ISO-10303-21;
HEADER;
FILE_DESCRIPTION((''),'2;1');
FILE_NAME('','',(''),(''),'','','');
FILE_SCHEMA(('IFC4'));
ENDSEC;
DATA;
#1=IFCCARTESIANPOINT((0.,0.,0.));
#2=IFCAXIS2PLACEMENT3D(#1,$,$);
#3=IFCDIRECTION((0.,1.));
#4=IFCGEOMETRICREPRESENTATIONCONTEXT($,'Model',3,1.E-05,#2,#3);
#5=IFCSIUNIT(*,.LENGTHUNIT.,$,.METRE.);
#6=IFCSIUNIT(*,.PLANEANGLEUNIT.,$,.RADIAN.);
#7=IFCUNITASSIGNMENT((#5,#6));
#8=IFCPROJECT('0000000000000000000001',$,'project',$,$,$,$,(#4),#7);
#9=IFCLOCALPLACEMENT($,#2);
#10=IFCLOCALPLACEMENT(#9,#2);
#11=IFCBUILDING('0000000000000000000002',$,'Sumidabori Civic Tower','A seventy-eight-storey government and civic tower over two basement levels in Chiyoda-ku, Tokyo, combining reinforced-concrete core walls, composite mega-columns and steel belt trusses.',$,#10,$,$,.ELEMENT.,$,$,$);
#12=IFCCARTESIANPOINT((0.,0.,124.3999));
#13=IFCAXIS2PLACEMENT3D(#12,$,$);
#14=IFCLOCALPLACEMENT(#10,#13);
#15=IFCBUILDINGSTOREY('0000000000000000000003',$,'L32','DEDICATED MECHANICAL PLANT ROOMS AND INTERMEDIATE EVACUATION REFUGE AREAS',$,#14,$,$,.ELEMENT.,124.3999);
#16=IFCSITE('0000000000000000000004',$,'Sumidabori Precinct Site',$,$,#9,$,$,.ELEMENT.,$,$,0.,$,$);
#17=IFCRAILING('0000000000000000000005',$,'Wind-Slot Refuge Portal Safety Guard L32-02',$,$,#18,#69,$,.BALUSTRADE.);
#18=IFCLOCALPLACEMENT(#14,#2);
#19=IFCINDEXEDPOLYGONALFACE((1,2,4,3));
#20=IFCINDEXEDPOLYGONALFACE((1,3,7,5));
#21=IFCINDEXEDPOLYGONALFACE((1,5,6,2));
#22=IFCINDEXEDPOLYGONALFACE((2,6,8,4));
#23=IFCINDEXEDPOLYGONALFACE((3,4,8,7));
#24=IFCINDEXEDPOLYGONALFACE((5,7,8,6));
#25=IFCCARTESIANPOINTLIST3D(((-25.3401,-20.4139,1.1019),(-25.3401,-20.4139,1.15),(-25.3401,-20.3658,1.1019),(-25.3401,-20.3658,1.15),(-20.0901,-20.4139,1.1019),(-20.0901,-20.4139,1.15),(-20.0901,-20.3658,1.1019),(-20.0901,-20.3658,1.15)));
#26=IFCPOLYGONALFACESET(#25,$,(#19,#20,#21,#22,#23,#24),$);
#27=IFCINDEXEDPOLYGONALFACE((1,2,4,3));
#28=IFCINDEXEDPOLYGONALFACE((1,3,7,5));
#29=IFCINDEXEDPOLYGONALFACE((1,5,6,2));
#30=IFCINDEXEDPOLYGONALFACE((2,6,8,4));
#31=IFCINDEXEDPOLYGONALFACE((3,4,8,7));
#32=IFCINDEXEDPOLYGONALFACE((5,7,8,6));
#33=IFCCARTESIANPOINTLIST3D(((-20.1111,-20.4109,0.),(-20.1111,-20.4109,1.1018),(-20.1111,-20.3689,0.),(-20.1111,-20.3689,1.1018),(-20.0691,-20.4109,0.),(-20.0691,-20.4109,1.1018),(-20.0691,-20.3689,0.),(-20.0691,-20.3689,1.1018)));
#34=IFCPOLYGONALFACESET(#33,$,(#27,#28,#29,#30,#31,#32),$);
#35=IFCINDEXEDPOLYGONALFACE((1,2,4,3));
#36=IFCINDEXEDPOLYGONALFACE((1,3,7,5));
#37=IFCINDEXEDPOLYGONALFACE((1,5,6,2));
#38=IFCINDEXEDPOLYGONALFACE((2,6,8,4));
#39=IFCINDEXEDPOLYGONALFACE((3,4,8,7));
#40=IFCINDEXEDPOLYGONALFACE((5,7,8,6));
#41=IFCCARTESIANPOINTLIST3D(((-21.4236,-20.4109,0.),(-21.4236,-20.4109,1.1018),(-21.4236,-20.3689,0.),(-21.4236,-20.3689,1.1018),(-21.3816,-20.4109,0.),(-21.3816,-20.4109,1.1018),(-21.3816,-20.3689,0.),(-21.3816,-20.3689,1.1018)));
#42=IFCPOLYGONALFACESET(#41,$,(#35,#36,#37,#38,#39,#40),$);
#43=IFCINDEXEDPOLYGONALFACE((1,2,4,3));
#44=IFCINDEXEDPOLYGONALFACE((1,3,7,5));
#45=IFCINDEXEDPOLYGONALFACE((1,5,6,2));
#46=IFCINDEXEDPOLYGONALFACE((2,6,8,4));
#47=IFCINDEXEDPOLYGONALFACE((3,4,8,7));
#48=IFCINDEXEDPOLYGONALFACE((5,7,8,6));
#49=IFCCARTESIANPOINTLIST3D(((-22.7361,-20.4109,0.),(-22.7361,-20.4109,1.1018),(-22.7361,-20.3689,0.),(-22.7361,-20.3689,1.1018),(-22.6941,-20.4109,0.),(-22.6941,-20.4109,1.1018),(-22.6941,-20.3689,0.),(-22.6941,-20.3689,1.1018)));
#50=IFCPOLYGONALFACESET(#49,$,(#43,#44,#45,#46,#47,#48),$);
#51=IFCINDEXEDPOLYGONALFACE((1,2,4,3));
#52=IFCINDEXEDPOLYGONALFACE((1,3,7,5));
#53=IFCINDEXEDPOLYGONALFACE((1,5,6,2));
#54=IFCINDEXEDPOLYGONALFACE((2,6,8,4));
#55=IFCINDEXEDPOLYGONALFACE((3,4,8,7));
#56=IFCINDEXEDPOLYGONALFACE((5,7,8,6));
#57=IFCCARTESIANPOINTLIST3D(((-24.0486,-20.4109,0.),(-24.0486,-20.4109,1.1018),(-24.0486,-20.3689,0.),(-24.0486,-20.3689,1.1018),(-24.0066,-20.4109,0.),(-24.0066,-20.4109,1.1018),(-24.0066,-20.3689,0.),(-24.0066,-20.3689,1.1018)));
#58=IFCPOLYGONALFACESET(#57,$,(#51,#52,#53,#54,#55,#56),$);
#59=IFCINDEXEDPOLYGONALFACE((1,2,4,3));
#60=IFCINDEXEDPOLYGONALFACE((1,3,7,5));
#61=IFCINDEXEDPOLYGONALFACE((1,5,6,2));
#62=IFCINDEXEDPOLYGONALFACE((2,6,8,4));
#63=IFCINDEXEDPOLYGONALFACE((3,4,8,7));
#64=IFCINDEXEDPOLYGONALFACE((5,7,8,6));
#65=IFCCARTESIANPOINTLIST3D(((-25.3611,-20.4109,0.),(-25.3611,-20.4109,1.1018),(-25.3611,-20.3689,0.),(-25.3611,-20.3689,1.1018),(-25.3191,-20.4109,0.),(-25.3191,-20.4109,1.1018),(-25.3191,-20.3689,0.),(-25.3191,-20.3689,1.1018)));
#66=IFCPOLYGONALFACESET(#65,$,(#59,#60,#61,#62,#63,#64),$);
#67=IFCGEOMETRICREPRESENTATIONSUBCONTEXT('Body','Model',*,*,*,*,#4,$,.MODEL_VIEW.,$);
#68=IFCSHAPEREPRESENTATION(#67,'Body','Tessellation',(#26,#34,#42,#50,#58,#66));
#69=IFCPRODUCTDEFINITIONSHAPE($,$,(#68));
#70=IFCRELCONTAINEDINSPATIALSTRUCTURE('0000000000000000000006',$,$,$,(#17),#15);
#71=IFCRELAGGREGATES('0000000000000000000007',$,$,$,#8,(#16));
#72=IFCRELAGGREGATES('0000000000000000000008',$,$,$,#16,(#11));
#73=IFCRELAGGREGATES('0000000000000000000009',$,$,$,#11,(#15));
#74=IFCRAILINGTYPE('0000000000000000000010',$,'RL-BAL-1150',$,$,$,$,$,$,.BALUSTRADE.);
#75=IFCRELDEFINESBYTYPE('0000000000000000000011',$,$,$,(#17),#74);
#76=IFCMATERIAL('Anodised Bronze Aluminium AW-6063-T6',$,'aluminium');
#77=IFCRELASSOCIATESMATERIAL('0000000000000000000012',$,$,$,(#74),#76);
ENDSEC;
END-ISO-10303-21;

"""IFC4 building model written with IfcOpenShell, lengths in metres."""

from ifc_helpers import new_model, si_unit, direction, frame, origin, origin_2d, place, context, subcontext, project, spatial, rectangle, extrude, material, type_object, element, save


model = new_model("IFC4")

# Units and contexts
model_context = context("Model", 3, precision=1e-05, world=origin(), true_north=direction((0.0, 1.0)))
body_context = subcontext(model_context, "Body", "Model", "MODEL_VIEW")
ifc_project = project(units=[si_unit("LENGTHUNIT", "METRE"), si_unit("PLANEANGLEUNIT", "RADIAN")], contexts=[model_context])

# Site, building, storey
site_placement = place(None, origin())
site = spatial("IfcSite", under=ifc_project, at=site_placement, Name="Sumidabori Precinct Site", CompositionType="ELEMENT", RefElevation=0.0)
building_placement = place(site_placement, origin())
building = spatial("IfcBuilding", under=site, at=building_placement, Name="Sumidabori Civic Tower", Description="A seventy-eight-storey government and civic tower over two basement levels in Chiyoda-ku, Tokyo, combining reinforced-concrete core walls, composite mega-columns and steel belt trusses.", CompositionType="ELEMENT")
storey_placement = place(building_placement, frame((0.0, 0.0, 124.3999)))
storey = spatial("IfcBuildingStorey", under=building, at=storey_placement, Name="L32", Description="DEDICATED MECHANICAL PLANT ROOMS AND INTERMEDIATE EVACUATION REFUGE AREAS", CompositionType="ELEMENT", Elevation=124.3999)

# Railing
ifc_material_1 = material(Name="Anodised Bronze Aluminium AW-6063-T6", Category="aluminium")
railing_type = type_object("IfcRailingType", Name="RL-BAL-1150", PredefinedType="BALUSTRADE", material=ifc_material_1)
railing_1_placement = place(storey_placement, frame((-20.0901, -20.3899, 0.0)))
element("IfcRailing", 1, at=railing_1_placement, inside=storey, type_object=railing_type, Name="Wind-Slot Refuge Portal Safety Guard L32-02", PredefinedType="BALUSTRADE", context=body_context, shape_type="SweptSolid", body=[
    extrude(rectangle(XDim=0.0481, YDim=0.0481, at=origin_2d()), frame((0.0, 0.0, 1.126), z_axis=(-1.0, 0.0, 0.0), x_axis=(0.0, -1.0, 0.0)), (0.0, 0.0, 1.0), 5.25),
    extrude(rectangle(XDim=0.042, YDim=0.042, at=origin_2d()), origin(), (0.0, 0.0, 1.0), 1.1018),
    extrude(rectangle(XDim=0.042, YDim=0.042, at=origin_2d()), frame((-1.3125, 0.0, 0.0)), (0.0, 0.0, 1.0), 1.1018),
    extrude(rectangle(XDim=0.042, YDim=0.042, at=origin_2d()), frame((-2.625, 0.0, 0.0)), (0.0, 0.0, 1.0), 1.1018),
    extrude(rectangle(XDim=0.042, YDim=0.042, at=origin_2d()), frame((-3.9375, 0.0, 0.0)), (0.0, 0.0, 1.0), 1.1018),
    extrude(rectangle(XDim=0.042, YDim=0.042, at=origin_2d()), frame((-5.25, 0.0, 0.0)), (0.0, 0.0, 1.0), 1.1018),
])

save(model, "model.ifc")
